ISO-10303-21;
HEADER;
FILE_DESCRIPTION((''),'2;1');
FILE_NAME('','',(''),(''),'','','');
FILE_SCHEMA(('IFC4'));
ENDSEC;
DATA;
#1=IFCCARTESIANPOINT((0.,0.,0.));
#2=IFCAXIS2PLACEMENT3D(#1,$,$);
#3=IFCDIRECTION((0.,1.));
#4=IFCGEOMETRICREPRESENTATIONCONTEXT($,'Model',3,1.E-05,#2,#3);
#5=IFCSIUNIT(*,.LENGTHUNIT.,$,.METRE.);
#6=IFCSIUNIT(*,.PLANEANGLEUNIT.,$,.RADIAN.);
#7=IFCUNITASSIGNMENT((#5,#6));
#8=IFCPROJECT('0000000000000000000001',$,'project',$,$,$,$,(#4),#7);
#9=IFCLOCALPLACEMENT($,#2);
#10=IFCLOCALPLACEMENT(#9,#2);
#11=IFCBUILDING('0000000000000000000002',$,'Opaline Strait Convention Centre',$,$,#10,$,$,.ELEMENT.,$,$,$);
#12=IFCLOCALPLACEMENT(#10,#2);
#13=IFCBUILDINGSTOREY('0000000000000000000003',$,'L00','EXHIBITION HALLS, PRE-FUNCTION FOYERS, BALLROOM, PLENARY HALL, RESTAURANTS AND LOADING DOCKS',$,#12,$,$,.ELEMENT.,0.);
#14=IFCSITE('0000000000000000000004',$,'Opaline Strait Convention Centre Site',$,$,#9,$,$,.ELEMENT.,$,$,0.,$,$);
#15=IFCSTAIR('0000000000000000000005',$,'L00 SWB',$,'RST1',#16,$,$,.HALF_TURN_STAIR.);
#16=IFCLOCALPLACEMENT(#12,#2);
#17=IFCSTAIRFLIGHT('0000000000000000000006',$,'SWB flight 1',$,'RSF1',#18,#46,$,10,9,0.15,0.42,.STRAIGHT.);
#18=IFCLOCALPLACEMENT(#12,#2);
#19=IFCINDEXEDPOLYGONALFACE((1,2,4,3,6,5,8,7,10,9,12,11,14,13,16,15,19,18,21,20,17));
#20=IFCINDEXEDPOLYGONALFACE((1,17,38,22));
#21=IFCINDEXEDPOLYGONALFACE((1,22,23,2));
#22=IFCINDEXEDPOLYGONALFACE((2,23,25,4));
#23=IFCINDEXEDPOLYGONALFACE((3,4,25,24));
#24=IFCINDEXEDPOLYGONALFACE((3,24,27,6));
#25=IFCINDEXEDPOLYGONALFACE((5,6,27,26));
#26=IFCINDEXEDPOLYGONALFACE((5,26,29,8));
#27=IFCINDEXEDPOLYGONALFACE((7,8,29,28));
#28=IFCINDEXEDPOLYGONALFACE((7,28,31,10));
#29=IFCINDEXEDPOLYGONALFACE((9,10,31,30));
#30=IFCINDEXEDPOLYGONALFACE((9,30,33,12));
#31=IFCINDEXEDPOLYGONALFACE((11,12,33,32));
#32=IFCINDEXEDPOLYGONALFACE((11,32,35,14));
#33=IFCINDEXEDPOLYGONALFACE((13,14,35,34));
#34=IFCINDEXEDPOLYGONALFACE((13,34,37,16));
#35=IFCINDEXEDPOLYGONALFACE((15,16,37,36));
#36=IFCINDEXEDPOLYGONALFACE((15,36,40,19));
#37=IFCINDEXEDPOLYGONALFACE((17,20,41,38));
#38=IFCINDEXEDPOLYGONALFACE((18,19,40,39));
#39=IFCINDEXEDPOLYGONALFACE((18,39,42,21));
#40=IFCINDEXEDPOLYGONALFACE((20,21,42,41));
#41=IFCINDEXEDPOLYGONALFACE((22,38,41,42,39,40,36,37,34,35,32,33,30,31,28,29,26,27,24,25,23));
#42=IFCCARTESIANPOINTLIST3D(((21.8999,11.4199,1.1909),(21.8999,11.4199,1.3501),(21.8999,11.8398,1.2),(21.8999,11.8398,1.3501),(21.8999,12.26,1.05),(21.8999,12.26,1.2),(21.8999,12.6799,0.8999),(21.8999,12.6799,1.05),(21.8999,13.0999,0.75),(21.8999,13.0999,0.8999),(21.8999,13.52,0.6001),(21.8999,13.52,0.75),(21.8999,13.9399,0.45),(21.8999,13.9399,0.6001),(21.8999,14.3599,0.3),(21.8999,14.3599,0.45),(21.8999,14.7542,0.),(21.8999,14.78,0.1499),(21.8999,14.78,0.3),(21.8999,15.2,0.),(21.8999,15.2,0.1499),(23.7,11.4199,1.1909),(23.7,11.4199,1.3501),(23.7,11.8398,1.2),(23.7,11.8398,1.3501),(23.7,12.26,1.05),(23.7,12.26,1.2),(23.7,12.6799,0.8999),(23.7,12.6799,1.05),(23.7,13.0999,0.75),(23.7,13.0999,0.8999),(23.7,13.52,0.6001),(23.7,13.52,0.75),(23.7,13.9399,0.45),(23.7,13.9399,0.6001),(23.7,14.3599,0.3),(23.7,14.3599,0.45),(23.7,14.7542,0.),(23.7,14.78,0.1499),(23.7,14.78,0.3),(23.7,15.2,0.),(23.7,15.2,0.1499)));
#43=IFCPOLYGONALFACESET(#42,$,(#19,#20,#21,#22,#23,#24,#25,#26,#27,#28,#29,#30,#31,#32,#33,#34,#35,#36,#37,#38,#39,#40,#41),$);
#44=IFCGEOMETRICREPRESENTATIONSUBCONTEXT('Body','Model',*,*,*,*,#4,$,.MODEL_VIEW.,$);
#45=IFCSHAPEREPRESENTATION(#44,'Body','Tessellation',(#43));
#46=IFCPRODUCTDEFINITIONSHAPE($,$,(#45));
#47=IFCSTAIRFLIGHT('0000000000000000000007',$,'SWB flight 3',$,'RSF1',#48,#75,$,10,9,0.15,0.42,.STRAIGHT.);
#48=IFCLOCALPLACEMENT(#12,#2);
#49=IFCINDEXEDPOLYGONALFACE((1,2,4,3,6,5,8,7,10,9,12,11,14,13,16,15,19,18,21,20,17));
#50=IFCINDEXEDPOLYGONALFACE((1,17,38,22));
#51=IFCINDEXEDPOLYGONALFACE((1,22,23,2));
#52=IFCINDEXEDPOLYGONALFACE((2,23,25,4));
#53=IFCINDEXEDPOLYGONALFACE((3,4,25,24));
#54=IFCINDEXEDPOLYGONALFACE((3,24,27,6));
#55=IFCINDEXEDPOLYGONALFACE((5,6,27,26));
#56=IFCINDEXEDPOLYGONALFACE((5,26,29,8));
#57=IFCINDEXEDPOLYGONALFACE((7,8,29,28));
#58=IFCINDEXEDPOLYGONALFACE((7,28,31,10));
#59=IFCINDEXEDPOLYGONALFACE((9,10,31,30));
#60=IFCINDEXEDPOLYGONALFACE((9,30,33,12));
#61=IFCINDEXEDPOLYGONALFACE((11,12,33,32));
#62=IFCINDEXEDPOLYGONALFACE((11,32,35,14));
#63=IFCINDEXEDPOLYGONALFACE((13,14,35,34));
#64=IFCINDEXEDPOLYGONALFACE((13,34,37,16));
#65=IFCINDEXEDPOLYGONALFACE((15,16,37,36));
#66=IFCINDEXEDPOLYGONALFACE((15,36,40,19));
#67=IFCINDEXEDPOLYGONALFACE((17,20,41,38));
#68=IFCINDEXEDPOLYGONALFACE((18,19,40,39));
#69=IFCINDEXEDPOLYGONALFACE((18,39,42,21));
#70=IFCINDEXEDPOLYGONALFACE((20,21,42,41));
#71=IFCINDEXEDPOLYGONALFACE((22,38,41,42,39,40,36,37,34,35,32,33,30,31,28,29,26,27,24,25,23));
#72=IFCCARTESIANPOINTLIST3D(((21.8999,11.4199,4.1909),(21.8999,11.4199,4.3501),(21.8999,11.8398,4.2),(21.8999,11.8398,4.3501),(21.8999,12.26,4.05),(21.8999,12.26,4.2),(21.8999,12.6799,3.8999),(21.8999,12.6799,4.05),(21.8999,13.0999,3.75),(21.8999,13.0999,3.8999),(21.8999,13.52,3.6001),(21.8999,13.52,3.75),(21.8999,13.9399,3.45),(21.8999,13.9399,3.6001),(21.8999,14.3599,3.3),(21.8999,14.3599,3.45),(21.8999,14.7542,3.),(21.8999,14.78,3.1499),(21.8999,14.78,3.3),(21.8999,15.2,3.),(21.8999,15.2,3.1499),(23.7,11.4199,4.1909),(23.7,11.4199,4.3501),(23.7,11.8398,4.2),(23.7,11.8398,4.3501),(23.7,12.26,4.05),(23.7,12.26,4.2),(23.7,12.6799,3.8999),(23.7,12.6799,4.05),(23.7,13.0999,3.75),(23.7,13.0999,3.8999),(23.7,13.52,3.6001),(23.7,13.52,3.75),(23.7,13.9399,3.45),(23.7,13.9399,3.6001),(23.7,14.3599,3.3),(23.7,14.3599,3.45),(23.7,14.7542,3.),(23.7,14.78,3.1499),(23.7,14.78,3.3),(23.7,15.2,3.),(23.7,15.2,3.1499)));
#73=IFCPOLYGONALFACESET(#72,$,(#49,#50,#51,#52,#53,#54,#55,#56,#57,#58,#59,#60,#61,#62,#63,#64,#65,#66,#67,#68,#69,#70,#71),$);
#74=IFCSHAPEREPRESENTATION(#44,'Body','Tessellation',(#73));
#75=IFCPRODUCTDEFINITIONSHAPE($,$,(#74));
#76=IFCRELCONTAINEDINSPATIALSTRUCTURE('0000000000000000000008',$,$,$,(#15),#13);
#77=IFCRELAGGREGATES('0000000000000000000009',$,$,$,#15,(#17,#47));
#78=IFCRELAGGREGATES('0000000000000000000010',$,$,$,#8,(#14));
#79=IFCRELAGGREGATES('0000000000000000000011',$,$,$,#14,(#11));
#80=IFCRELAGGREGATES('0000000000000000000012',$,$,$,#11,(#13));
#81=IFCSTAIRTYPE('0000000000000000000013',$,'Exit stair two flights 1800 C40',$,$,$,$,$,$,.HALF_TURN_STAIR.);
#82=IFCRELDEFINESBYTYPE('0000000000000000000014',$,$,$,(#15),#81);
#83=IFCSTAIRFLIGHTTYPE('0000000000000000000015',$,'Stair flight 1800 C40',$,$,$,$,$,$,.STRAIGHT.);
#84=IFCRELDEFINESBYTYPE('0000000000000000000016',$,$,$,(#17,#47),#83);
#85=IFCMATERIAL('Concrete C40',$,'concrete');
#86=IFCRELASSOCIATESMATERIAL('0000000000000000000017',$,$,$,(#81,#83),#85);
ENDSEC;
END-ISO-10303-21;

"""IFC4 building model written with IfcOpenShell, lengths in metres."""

from ifc_helpers import new_model, si_unit, direction, frame, origin, place, context, subcontext, project, spatial, polyline, outline, extrude, material, type_object, element, aggregate, save


model = new_model("IFC4")

# Units and contexts
model_context = context("Model", 3, precision=1e-05, world=origin(), true_north=direction((0.0, 1.0)))
body_context = subcontext(model_context, "Body", "Model", "MODEL_VIEW")
ifc_project = project(units=[si_unit("LENGTHUNIT", "METRE"), si_unit("PLANEANGLEUNIT", "RADIAN")], contexts=[model_context])

# Site, building, storey
site_placement = place(None, origin())
site = spatial("IfcSite", under=ifc_project, at=site_placement, Name="Opaline Strait Convention Centre Site", CompositionType="ELEMENT", RefElevation=0.0)
building_placement = place(site_placement, origin())
building = spatial("IfcBuilding", under=site, at=building_placement, Name="Opaline Strait Convention Centre", CompositionType="ELEMENT")
storey_placement = place(building_placement, origin())
storey = spatial("IfcBuildingStorey", under=building, at=storey_placement, Name="L00", Description="EXHIBITION HALLS, PRE-FUNCTION FOYERS, BALLROOM, PLENARY HALL, RESTAURANTS AND LOADING DOCKS", CompositionType="ELEMENT", Elevation=0.0)

# Shared definitions
ifc_material_1 = material(Name="Concrete C40", Category="concrete")

# Stair, stair flights
stair_type = type_object("IfcStairType", Name="Exit stair two flights 1800 C40", PredefinedType="HALF_TURN_STAIR", material=ifc_material_1)
stair_flight_type = type_object("IfcStairFlightType", Name="Stair flight 1800 C40", PredefinedType="STRAIGHT", material=ifc_material_1)
stair_1_placement = place(storey_placement, origin())
stair_1 = element("IfcStair", 1, at=stair_1_placement, inside=storey, type_object=stair_type, Name="L00 SWB", ObjectType="RST1", PredefinedType="HALF_TURN_STAIR")
stair_flight_1_placement = place(storey_placement, frame((22.8, 15.2, 0.0), z_axis=(0.0, 0.0, 1.0), x_axis=(0.0, -1.0, 0.0)))
stair_flight_1 = element("IfcStairFlight", 2, at=stair_flight_1_placement, type_object=stair_flight_type, Name="SWB flight 1", ObjectType="RSF1", NumberOfRisers=10, NumberOfTreads=9, PredefinedType="STRAIGHT", RiserHeight=0.15, TreadLength=0.42, context=body_context, shape_type="SweptSolid", body=[
    extrude(outline(polyline([(0.0, 0.0), (0.0, 0.1499), (0.4199, 0.1499), (0.4199, 0.3), (0.8401, 0.3), (0.8401, 0.45), (1.26, 0.45), (1.26, 0.6001), (1.6799, 0.6001), (1.6799, 0.75), (2.1001, 0.75), (2.1001, 0.8999), (2.52, 0.8999), (2.52, 1.05), (2.9399, 1.05), (2.9399, 1.2), (3.3601, 1.2), (3.3601, 1.3501), (3.78, 1.3501), (3.78, 1.5), (3.78, 1.1909), (0.4458, 0.0), (0.0, 0.0)])), frame((0.0, 0.8999, 0.0), z_axis=(0.0, -1.0, 0.0), x_axis=(1.0, 0.0, 0.0)), (0.0, 0.0, 1.0), 1.8),
])
stair_flight_2_placement = place(storey_placement, frame((22.8, 15.2, 3.0), z_axis=(0.0, 0.0, 1.0), x_axis=(0.0, -1.0, 0.0)))
stair_flight_2 = element("IfcStairFlight", 3, at=stair_flight_2_placement, type_object=stair_flight_type, Name="SWB flight 3", ObjectType="RSF1", NumberOfRisers=10, NumberOfTreads=9, PredefinedType="STRAIGHT", RiserHeight=0.15, TreadLength=0.42, context=body_context, shape_type="SweptSolid", body=[
    extrude(outline(polyline([(0.0, 0.0), (0.0, 0.1499), (0.4199, 0.1499), (0.4199, 0.3), (0.8401, 0.3), (0.8401, 0.45), (1.26, 0.45), (1.26, 0.6001), (1.6799, 0.6001), (1.6799, 0.75), (2.1001, 0.75), (2.1001, 0.8999), (2.52, 0.8999), (2.52, 1.05), (2.9399, 1.05), (2.9399, 1.2), (3.3601, 1.2), (3.3601, 1.3501), (3.78, 1.3501), (3.78, 1.5), (3.78, 1.1909), (0.4458, 0.0), (0.0, 0.0)])), frame((0.0, 0.8999, 0.0), z_axis=(0.0, -1.0, 0.0), x_axis=(1.0, 0.0, 0.0)), (0.0, 0.0, 1.0), 1.8),
])
aggregate(stair_1, [stair_flight_1, stair_flight_2])

save(model, "model.ifc")
